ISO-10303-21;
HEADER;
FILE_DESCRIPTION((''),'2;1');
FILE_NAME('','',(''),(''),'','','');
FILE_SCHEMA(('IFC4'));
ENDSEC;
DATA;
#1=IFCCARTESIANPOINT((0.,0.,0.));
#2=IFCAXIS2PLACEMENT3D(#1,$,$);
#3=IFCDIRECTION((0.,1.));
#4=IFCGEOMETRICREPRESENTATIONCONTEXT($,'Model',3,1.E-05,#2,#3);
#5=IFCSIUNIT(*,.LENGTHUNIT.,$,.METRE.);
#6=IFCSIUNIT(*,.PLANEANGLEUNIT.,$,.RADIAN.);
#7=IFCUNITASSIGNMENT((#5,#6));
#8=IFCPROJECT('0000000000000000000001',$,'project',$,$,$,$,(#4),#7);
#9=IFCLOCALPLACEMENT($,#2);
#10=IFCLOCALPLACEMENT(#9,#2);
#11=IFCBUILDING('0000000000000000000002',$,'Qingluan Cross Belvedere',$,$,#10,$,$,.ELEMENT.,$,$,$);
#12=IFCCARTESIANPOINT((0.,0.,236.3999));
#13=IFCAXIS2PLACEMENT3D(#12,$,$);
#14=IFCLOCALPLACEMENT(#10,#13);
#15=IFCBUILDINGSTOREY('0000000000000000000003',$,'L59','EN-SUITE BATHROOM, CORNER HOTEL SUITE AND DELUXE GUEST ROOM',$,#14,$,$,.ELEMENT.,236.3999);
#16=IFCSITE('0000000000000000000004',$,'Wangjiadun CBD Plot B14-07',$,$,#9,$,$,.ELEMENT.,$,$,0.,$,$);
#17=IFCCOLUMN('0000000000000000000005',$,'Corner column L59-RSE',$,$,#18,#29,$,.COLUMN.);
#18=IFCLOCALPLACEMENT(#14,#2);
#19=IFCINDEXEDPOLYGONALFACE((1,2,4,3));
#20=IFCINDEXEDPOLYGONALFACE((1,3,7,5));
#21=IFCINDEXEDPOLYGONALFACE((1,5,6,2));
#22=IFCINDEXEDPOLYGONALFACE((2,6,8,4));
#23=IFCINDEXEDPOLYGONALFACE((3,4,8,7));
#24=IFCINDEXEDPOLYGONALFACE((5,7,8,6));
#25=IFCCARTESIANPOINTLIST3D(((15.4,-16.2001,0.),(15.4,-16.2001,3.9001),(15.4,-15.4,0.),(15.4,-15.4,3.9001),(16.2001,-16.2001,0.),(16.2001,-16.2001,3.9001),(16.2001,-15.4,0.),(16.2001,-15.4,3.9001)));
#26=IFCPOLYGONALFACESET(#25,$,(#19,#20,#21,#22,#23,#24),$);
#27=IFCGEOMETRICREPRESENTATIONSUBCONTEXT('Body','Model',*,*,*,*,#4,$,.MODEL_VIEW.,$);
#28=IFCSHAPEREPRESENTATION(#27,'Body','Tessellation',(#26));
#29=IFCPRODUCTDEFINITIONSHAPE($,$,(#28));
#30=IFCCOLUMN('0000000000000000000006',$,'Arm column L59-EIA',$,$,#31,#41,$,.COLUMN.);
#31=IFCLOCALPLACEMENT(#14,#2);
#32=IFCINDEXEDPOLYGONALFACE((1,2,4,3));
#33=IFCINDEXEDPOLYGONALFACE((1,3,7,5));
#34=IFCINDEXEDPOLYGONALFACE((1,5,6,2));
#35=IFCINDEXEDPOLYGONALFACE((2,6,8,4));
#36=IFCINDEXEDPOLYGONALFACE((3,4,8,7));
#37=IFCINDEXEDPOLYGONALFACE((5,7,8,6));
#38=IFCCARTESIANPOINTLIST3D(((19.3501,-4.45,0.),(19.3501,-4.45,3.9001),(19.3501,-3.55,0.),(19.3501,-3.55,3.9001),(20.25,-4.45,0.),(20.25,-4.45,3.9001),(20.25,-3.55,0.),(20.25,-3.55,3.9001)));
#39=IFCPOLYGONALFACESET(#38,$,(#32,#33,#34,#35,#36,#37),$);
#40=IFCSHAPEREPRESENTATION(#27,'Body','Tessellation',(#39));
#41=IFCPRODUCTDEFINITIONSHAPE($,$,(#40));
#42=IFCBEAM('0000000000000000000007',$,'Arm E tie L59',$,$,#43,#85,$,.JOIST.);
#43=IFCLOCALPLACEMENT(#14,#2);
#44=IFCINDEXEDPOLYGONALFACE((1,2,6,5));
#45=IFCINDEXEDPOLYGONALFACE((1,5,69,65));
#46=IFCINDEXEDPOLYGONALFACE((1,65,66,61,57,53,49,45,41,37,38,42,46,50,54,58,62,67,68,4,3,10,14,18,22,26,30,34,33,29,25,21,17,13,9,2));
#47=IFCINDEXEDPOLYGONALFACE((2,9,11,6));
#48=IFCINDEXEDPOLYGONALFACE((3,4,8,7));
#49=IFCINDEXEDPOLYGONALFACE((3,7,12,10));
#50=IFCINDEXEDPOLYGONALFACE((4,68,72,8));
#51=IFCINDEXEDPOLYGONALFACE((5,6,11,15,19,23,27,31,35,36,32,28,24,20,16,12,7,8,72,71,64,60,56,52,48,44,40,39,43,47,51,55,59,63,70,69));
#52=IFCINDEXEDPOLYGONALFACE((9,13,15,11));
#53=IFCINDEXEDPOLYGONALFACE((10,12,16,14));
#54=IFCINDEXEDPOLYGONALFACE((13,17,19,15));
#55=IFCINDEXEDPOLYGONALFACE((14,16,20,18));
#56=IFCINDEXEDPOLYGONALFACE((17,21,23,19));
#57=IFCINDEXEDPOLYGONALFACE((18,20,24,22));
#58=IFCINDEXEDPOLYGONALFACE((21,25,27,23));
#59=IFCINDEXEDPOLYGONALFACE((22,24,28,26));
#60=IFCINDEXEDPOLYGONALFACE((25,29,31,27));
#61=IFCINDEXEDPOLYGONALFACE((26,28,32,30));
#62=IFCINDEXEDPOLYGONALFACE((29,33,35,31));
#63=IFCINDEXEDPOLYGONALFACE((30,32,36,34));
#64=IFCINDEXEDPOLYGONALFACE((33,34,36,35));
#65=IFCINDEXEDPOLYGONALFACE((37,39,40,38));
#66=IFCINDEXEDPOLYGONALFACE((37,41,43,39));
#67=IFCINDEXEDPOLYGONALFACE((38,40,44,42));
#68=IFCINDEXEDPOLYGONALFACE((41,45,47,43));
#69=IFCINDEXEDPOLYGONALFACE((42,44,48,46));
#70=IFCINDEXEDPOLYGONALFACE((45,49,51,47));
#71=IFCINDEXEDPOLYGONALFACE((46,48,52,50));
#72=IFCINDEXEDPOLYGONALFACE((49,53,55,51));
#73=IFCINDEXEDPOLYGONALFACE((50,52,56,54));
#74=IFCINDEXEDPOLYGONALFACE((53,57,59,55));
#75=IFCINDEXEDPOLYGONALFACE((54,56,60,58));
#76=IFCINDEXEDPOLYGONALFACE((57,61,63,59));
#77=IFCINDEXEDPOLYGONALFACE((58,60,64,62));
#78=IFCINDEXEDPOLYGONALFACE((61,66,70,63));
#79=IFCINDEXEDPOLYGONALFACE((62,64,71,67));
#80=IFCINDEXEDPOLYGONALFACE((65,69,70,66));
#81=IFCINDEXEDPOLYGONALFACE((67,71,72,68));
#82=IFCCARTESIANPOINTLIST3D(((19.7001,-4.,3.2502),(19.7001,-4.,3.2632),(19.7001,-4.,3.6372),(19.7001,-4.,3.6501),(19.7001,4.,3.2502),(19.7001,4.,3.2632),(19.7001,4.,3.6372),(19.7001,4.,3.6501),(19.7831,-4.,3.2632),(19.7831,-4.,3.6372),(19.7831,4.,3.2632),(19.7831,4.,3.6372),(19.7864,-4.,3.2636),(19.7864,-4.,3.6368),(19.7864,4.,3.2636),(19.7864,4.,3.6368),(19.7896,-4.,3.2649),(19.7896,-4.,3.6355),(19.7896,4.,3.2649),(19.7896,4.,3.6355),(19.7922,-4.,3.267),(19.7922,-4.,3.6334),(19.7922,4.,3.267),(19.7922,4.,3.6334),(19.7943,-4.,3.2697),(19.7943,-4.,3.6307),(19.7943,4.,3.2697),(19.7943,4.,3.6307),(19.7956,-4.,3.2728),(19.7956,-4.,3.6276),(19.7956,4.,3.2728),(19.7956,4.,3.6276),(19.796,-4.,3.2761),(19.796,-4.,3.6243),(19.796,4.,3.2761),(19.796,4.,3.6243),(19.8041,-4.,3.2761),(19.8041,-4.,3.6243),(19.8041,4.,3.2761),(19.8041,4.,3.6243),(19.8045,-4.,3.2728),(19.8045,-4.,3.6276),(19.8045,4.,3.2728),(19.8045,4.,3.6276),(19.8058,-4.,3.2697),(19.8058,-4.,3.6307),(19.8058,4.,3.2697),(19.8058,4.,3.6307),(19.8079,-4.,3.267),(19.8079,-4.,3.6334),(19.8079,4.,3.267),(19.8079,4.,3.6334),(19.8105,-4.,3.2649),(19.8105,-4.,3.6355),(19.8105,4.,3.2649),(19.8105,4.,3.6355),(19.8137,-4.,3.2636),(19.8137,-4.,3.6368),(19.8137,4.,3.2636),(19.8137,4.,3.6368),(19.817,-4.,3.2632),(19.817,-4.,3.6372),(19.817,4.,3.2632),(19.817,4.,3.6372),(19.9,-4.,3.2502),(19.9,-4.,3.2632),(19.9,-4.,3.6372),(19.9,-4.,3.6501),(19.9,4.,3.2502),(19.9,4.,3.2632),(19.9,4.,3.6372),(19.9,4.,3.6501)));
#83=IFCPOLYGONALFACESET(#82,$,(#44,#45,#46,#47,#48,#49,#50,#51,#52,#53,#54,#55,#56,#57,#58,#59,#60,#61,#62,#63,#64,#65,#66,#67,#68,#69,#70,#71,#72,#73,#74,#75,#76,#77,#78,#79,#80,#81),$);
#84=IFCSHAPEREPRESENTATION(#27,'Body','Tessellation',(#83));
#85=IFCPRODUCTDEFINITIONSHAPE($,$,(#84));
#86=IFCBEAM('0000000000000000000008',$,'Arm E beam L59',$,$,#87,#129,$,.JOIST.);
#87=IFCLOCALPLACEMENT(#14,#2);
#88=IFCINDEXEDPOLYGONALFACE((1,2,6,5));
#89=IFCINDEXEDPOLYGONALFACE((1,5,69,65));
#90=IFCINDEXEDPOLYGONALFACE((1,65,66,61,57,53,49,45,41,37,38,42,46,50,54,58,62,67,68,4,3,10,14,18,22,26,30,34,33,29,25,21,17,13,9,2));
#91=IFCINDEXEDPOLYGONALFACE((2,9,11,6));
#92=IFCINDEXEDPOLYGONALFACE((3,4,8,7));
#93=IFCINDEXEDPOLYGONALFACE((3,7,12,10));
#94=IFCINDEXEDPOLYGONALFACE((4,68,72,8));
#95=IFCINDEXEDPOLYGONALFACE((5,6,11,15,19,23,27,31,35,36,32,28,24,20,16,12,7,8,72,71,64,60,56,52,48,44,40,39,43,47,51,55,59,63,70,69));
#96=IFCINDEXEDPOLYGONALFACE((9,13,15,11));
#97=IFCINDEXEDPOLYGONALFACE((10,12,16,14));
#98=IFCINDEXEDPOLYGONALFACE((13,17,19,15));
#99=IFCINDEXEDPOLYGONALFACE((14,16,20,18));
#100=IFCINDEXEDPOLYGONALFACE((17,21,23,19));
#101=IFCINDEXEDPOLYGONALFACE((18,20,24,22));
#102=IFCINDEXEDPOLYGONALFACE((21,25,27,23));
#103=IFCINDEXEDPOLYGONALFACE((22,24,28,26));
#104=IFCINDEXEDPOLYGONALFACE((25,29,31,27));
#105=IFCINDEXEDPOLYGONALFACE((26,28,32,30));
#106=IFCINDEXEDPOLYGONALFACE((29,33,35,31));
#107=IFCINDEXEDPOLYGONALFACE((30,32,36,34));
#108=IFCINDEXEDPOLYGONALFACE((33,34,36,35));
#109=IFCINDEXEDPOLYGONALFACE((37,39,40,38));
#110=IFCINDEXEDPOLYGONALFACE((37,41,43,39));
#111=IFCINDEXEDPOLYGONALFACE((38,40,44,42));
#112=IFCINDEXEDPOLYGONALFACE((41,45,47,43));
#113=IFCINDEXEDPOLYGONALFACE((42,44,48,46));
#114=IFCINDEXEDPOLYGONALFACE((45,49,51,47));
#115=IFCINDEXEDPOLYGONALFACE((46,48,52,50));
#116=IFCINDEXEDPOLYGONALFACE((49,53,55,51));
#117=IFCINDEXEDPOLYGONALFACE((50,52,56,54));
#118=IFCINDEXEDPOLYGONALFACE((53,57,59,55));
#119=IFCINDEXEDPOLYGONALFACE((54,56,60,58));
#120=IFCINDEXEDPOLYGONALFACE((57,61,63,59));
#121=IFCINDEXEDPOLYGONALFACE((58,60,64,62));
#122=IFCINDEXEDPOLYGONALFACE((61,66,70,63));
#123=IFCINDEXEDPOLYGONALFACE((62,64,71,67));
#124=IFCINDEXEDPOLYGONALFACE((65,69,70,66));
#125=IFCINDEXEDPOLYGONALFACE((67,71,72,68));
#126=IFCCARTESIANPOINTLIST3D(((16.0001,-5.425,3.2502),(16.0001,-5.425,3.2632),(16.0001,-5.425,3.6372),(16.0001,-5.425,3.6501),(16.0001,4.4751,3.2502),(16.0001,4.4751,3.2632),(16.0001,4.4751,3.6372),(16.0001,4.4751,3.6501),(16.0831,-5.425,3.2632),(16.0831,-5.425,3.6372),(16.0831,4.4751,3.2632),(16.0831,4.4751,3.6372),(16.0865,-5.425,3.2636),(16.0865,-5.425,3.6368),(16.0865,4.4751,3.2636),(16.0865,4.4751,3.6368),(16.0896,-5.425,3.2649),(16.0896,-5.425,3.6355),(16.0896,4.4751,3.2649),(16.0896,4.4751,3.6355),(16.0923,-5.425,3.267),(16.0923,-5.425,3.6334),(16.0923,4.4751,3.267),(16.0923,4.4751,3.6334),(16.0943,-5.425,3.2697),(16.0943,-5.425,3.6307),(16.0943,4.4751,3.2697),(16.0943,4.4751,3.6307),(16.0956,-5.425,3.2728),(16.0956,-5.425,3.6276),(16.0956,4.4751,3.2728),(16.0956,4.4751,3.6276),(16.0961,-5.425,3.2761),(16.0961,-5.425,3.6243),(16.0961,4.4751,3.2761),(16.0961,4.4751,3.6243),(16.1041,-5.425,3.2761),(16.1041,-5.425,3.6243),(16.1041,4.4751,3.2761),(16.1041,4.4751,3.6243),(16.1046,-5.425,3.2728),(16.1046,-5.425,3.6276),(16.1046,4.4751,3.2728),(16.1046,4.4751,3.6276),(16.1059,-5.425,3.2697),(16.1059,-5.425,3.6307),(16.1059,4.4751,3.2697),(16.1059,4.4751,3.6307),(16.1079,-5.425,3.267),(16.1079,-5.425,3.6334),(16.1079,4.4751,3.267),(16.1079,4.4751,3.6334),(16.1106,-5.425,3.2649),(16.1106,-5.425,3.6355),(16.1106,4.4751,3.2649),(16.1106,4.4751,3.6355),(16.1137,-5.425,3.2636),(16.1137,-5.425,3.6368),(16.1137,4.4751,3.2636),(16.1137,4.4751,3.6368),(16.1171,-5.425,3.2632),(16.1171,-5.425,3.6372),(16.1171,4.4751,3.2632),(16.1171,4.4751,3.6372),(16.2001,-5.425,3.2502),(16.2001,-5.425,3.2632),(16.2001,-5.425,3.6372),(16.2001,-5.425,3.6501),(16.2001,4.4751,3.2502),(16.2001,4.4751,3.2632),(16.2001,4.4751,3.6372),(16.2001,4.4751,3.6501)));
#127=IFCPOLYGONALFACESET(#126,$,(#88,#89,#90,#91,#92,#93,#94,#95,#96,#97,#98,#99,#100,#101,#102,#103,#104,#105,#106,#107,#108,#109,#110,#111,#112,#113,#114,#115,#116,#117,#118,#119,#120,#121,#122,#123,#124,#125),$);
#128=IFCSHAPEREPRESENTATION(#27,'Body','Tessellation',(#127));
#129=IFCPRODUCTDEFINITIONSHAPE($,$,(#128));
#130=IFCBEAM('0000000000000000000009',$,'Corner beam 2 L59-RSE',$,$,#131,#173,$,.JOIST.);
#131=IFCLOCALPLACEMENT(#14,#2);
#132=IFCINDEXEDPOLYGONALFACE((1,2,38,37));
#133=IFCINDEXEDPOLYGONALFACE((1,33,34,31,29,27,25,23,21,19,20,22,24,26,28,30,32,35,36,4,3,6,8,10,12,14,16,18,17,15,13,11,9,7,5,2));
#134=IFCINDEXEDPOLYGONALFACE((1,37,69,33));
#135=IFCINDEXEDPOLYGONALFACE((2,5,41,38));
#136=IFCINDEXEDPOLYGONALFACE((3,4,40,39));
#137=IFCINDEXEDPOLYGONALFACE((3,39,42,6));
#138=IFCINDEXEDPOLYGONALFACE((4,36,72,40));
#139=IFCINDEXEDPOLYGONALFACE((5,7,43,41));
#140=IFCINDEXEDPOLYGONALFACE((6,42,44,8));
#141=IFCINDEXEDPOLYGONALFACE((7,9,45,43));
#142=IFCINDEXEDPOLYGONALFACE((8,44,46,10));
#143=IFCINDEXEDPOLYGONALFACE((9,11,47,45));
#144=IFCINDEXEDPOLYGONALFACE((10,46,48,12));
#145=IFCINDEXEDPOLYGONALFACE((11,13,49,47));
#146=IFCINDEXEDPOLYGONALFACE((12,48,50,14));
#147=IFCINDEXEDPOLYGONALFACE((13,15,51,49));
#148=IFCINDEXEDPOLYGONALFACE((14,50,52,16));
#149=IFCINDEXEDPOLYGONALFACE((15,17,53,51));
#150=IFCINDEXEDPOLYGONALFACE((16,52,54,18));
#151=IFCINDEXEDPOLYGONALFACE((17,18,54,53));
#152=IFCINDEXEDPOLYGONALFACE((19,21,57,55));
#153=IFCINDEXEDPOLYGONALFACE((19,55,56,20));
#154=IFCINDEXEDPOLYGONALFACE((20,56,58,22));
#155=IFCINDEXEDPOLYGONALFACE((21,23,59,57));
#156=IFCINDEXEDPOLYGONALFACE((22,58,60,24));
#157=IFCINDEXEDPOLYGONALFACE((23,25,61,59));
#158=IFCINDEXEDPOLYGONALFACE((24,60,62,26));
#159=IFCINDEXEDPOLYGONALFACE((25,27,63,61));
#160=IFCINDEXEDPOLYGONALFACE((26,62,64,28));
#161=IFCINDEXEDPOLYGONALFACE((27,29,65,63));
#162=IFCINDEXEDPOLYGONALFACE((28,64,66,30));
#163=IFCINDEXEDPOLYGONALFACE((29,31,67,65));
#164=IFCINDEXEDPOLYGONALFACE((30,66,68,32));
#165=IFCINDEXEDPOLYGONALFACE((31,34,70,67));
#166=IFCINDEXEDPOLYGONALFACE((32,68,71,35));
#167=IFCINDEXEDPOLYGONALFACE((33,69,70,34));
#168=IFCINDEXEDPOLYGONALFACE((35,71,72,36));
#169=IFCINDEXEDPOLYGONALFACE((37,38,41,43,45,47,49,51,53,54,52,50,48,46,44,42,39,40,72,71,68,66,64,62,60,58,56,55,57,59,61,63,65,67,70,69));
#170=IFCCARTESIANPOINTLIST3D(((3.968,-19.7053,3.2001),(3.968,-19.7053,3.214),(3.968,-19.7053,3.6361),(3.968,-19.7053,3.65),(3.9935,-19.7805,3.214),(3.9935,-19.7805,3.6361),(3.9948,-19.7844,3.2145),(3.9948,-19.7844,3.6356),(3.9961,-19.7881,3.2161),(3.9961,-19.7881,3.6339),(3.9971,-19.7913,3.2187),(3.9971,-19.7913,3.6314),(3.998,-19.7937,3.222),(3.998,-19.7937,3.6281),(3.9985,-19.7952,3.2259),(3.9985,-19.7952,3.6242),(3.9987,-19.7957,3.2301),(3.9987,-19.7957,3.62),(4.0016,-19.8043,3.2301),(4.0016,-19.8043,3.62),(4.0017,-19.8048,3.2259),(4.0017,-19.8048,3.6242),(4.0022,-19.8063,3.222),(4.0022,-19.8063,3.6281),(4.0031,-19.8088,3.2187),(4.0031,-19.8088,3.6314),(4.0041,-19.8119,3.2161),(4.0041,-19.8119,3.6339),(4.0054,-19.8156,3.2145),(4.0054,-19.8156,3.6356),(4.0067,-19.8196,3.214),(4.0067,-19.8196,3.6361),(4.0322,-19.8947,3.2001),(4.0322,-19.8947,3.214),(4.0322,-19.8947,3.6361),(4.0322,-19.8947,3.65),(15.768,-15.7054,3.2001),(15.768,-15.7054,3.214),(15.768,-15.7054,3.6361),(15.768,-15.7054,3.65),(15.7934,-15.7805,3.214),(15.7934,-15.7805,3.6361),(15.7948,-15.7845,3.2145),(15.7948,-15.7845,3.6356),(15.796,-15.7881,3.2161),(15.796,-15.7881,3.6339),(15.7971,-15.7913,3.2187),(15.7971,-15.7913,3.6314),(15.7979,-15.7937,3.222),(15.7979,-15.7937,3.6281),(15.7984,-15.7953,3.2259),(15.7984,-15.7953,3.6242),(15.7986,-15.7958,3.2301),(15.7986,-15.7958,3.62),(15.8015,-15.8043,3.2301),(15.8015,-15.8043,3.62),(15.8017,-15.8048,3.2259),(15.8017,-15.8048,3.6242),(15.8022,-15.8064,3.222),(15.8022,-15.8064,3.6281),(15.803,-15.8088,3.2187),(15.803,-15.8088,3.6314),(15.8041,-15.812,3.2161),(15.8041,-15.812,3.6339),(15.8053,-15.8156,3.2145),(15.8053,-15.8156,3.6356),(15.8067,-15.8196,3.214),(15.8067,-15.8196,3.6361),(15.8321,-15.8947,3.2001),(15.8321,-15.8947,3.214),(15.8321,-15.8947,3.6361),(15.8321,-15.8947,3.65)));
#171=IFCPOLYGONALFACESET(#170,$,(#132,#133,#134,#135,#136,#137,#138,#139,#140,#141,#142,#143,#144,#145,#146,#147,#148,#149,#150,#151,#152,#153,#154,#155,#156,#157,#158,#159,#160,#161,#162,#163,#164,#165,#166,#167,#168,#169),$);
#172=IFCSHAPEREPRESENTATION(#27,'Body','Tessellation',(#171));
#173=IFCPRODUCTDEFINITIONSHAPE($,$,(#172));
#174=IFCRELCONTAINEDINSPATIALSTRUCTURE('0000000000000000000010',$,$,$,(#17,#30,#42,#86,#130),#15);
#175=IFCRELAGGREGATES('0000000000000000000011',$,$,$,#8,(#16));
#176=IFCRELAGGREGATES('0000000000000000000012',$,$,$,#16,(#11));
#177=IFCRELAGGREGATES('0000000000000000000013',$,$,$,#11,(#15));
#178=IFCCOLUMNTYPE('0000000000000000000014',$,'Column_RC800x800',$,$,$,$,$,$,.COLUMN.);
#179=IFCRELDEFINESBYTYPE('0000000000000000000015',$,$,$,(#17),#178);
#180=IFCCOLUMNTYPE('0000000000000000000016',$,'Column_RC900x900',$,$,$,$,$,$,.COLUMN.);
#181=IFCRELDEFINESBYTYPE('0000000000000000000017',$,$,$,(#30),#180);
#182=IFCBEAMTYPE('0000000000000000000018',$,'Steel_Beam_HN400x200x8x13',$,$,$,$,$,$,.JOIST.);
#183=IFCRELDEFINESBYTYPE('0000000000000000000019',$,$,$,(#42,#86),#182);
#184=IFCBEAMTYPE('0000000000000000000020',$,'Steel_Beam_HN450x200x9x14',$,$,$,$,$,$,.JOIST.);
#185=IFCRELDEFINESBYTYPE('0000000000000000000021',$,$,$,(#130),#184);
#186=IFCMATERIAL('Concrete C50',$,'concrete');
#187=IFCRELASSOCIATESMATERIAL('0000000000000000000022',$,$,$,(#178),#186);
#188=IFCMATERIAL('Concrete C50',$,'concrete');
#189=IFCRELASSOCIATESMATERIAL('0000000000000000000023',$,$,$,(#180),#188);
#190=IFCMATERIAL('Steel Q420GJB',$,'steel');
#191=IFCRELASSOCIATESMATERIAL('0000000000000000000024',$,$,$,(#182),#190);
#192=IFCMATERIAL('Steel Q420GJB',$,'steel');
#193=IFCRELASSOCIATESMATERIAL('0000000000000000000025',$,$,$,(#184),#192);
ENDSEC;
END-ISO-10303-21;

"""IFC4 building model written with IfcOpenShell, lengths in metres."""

from ifc_helpers import new_model, si_unit, direction, frame, origin, origin_2d, place, context, subcontext, project, spatial, rectangle, i_section, extrude, material, material_profile, profile_set, type_object, element, save


model = new_model("IFC4")

# Units and contexts
model_context = context("Model", 3, precision=1e-05, world=origin(), true_north=direction((0.0, 1.0)))
body_context = subcontext(model_context, "Body", "Model", "MODEL_VIEW")
ifc_project = project(units=[si_unit("LENGTHUNIT", "METRE"), si_unit("PLANEANGLEUNIT", "RADIAN")], contexts=[model_context])

# Site, building, storey
site_placement = place(None, origin())
site = spatial("IfcSite", under=ifc_project, at=site_placement, Name="Wangjiadun CBD Plot B14-07", CompositionType="ELEMENT", RefElevation=0.0)
building_placement = place(site_placement, origin())
building = spatial("IfcBuilding", under=site, at=building_placement, Name="Qingluan Cross Belvedere", CompositionType="ELEMENT")
storey_placement = place(building_placement, frame((0.0, 0.0, 236.3999)))
storey = spatial("IfcBuildingStorey", under=building, at=storey_placement, Name="L59", Description="EN-SUITE BATHROOM, CORNER HOTEL SUITE AND DELUXE GUEST ROOM", CompositionType="ELEMENT", Elevation=236.3999)

# Columns
ifc_material_1 = material(Name="Concrete C50", Category="concrete")
ifc_material_profile_1 = material_profile(ifc_material_1, rectangle(XDim=0.8, YDim=0.8, at=origin_2d()), Name="RC800x800")
ifc_profile_set_1 = profile_set([ifc_material_profile_1], Name="Concrete C50")
column_type_1 = type_object("IfcColumnType", Name="Column_RC800x800", PredefinedType="COLUMN", material=ifc_profile_set_1)
column_1_placement = place(storey_placement, frame((15.8, -15.8, 0.0), z_axis=(0.0, 0.0, 1.0), x_axis=(1.0, 0.0, 0.0)))
element("IfcColumn", 1, at=column_1_placement, inside=storey, type_object=column_type_1, Name="Corner column L59-RSE", PredefinedType="COLUMN", context=body_context, shape_type="SweptSolid", body=[
    extrude(rectangle(XDim=0.8, YDim=0.8, at=origin_2d()), origin(), (0.0, 0.0, 1.0), 3.9001),
])
ifc_material_2 = material(Name="Concrete C50", Category="concrete")
ifc_material_profile_2 = material_profile(ifc_material_2, rectangle(XDim=0.8999, YDim=0.8999, at=origin_2d()), Name="RC900x900")
ifc_profile_set_2 = profile_set([ifc_material_profile_2], Name="Concrete C50")
column_type_2 = type_object("IfcColumnType", Name="Column_RC900x900", PredefinedType="COLUMN", material=ifc_profile_set_2)
column_2_placement = place(storey_placement, frame((19.8, -4.0, 0.0), z_axis=(0.0, 0.0, 1.0), x_axis=(1.0, 0.0, 0.0)))
element("IfcColumn", 2, at=column_2_placement, inside=storey, type_object=column_type_2, Name="Arm column L59-EIA", PredefinedType="COLUMN", context=body_context, shape_type="SweptSolid", body=[
    extrude(rectangle(XDim=0.8999, YDim=0.8999, at=origin_2d()), origin(), (0.0, 0.0, 1.0), 3.9001),
])

# Beams
ifc_material_3 = material(Name="Steel Q420GJB", Category="steel")
ifc_material_profile_3 = material_profile(ifc_material_3, i_section(OverallWidth=0.2, OverallDepth=0.3999, WebThickness=0.0081, FlangeThickness=0.0129, FilletRadius=0.0129, at=origin_2d()), Name="HN400x200x8x13")
ifc_profile_set_3 = profile_set([ifc_material_profile_3], Name="Steel Q420GJB")
beam_type_1 = type_object("IfcBeamType", Name="Steel_Beam_HN400x200x8x13", PredefinedType="JOIST", material=ifc_profile_set_3)
beam_1_placement = place(storey_placement, frame((19.8, -4.0, 3.4502), z_axis=(0.0, 1.0, 0.0), x_axis=(-1.0, 0.0, 0.0)))
element("IfcBeam", 3, at=beam_1_placement, inside=storey, type_object=beam_type_1, Name="Arm E tie L59", PredefinedType="JOIST", context=body_context, shape_type="SweptSolid", body=[
    extrude(i_section(OverallWidth=0.2, OverallDepth=0.3999, WebThickness=0.0081, FlangeThickness=0.0129, FilletRadius=0.0129, at=origin_2d()), origin(), (0.0, 0.0, 1.0), 8.0),
])
beam_2_placement = place(storey_placement, frame((16.1001, -5.425, 3.4502), z_axis=(0.0, 1.0, 0.0), x_axis=(-1.0, 0.0, 0.0)))
element("IfcBeam", 4, at=beam_2_placement, inside=storey, type_object=beam_type_1, Name="Arm E beam L59", PredefinedType="JOIST", context=body_context, shape_type="SweptSolid", body=[
    extrude(i_section(OverallWidth=0.2, OverallDepth=0.3999, WebThickness=0.0081, FlangeThickness=0.0129, FilletRadius=0.0129, at=origin_2d()), origin(), (0.0, 0.0, 1.0), 9.9001),
])
ifc_material_4 = material(Name="Steel Q420GJB", Category="steel")
ifc_material_profile_4 = material_profile(ifc_material_4, i_section(OverallWidth=0.2, OverallDepth=0.45, WebThickness=0.009, FlangeThickness=0.0139, FilletRadius=0.0161, at=origin_2d()), Name="HN450x200x9x14")
ifc_profile_set_4 = profile_set([ifc_material_profile_4], Name="Steel Q420GJB")
beam_type_2 = type_object("IfcBeamType", Name="Steel_Beam_HN450x200x9x14", PredefinedType="JOIST", material=ifc_profile_set_4)
for number, where, z_axis, x_axis, name in (
    (5, (15.8, -15.8, 3.425), (-0.947066, -0.321038, 0.0), (0.321038, -0.947066, 0.0), "Corner beam 2 L59-RSE"),
):
    element("IfcBeam", number, at=place(storey_placement, frame(where, z_axis=z_axis, x_axis=x_axis)), inside=storey, type_object=beam_type_2, Name=name, PredefinedType="JOIST", context=body_context, shape_type="SweptSolid", body=[
        extrude(i_section(OverallWidth=0.2, OverallDepth=0.45, WebThickness=0.009, FlangeThickness=0.0139, FilletRadius=0.0161, at=origin_2d()), origin(), (0.0, 0.0, 1.0), 12.4595),
    ])

save(model, "model.ifc")
